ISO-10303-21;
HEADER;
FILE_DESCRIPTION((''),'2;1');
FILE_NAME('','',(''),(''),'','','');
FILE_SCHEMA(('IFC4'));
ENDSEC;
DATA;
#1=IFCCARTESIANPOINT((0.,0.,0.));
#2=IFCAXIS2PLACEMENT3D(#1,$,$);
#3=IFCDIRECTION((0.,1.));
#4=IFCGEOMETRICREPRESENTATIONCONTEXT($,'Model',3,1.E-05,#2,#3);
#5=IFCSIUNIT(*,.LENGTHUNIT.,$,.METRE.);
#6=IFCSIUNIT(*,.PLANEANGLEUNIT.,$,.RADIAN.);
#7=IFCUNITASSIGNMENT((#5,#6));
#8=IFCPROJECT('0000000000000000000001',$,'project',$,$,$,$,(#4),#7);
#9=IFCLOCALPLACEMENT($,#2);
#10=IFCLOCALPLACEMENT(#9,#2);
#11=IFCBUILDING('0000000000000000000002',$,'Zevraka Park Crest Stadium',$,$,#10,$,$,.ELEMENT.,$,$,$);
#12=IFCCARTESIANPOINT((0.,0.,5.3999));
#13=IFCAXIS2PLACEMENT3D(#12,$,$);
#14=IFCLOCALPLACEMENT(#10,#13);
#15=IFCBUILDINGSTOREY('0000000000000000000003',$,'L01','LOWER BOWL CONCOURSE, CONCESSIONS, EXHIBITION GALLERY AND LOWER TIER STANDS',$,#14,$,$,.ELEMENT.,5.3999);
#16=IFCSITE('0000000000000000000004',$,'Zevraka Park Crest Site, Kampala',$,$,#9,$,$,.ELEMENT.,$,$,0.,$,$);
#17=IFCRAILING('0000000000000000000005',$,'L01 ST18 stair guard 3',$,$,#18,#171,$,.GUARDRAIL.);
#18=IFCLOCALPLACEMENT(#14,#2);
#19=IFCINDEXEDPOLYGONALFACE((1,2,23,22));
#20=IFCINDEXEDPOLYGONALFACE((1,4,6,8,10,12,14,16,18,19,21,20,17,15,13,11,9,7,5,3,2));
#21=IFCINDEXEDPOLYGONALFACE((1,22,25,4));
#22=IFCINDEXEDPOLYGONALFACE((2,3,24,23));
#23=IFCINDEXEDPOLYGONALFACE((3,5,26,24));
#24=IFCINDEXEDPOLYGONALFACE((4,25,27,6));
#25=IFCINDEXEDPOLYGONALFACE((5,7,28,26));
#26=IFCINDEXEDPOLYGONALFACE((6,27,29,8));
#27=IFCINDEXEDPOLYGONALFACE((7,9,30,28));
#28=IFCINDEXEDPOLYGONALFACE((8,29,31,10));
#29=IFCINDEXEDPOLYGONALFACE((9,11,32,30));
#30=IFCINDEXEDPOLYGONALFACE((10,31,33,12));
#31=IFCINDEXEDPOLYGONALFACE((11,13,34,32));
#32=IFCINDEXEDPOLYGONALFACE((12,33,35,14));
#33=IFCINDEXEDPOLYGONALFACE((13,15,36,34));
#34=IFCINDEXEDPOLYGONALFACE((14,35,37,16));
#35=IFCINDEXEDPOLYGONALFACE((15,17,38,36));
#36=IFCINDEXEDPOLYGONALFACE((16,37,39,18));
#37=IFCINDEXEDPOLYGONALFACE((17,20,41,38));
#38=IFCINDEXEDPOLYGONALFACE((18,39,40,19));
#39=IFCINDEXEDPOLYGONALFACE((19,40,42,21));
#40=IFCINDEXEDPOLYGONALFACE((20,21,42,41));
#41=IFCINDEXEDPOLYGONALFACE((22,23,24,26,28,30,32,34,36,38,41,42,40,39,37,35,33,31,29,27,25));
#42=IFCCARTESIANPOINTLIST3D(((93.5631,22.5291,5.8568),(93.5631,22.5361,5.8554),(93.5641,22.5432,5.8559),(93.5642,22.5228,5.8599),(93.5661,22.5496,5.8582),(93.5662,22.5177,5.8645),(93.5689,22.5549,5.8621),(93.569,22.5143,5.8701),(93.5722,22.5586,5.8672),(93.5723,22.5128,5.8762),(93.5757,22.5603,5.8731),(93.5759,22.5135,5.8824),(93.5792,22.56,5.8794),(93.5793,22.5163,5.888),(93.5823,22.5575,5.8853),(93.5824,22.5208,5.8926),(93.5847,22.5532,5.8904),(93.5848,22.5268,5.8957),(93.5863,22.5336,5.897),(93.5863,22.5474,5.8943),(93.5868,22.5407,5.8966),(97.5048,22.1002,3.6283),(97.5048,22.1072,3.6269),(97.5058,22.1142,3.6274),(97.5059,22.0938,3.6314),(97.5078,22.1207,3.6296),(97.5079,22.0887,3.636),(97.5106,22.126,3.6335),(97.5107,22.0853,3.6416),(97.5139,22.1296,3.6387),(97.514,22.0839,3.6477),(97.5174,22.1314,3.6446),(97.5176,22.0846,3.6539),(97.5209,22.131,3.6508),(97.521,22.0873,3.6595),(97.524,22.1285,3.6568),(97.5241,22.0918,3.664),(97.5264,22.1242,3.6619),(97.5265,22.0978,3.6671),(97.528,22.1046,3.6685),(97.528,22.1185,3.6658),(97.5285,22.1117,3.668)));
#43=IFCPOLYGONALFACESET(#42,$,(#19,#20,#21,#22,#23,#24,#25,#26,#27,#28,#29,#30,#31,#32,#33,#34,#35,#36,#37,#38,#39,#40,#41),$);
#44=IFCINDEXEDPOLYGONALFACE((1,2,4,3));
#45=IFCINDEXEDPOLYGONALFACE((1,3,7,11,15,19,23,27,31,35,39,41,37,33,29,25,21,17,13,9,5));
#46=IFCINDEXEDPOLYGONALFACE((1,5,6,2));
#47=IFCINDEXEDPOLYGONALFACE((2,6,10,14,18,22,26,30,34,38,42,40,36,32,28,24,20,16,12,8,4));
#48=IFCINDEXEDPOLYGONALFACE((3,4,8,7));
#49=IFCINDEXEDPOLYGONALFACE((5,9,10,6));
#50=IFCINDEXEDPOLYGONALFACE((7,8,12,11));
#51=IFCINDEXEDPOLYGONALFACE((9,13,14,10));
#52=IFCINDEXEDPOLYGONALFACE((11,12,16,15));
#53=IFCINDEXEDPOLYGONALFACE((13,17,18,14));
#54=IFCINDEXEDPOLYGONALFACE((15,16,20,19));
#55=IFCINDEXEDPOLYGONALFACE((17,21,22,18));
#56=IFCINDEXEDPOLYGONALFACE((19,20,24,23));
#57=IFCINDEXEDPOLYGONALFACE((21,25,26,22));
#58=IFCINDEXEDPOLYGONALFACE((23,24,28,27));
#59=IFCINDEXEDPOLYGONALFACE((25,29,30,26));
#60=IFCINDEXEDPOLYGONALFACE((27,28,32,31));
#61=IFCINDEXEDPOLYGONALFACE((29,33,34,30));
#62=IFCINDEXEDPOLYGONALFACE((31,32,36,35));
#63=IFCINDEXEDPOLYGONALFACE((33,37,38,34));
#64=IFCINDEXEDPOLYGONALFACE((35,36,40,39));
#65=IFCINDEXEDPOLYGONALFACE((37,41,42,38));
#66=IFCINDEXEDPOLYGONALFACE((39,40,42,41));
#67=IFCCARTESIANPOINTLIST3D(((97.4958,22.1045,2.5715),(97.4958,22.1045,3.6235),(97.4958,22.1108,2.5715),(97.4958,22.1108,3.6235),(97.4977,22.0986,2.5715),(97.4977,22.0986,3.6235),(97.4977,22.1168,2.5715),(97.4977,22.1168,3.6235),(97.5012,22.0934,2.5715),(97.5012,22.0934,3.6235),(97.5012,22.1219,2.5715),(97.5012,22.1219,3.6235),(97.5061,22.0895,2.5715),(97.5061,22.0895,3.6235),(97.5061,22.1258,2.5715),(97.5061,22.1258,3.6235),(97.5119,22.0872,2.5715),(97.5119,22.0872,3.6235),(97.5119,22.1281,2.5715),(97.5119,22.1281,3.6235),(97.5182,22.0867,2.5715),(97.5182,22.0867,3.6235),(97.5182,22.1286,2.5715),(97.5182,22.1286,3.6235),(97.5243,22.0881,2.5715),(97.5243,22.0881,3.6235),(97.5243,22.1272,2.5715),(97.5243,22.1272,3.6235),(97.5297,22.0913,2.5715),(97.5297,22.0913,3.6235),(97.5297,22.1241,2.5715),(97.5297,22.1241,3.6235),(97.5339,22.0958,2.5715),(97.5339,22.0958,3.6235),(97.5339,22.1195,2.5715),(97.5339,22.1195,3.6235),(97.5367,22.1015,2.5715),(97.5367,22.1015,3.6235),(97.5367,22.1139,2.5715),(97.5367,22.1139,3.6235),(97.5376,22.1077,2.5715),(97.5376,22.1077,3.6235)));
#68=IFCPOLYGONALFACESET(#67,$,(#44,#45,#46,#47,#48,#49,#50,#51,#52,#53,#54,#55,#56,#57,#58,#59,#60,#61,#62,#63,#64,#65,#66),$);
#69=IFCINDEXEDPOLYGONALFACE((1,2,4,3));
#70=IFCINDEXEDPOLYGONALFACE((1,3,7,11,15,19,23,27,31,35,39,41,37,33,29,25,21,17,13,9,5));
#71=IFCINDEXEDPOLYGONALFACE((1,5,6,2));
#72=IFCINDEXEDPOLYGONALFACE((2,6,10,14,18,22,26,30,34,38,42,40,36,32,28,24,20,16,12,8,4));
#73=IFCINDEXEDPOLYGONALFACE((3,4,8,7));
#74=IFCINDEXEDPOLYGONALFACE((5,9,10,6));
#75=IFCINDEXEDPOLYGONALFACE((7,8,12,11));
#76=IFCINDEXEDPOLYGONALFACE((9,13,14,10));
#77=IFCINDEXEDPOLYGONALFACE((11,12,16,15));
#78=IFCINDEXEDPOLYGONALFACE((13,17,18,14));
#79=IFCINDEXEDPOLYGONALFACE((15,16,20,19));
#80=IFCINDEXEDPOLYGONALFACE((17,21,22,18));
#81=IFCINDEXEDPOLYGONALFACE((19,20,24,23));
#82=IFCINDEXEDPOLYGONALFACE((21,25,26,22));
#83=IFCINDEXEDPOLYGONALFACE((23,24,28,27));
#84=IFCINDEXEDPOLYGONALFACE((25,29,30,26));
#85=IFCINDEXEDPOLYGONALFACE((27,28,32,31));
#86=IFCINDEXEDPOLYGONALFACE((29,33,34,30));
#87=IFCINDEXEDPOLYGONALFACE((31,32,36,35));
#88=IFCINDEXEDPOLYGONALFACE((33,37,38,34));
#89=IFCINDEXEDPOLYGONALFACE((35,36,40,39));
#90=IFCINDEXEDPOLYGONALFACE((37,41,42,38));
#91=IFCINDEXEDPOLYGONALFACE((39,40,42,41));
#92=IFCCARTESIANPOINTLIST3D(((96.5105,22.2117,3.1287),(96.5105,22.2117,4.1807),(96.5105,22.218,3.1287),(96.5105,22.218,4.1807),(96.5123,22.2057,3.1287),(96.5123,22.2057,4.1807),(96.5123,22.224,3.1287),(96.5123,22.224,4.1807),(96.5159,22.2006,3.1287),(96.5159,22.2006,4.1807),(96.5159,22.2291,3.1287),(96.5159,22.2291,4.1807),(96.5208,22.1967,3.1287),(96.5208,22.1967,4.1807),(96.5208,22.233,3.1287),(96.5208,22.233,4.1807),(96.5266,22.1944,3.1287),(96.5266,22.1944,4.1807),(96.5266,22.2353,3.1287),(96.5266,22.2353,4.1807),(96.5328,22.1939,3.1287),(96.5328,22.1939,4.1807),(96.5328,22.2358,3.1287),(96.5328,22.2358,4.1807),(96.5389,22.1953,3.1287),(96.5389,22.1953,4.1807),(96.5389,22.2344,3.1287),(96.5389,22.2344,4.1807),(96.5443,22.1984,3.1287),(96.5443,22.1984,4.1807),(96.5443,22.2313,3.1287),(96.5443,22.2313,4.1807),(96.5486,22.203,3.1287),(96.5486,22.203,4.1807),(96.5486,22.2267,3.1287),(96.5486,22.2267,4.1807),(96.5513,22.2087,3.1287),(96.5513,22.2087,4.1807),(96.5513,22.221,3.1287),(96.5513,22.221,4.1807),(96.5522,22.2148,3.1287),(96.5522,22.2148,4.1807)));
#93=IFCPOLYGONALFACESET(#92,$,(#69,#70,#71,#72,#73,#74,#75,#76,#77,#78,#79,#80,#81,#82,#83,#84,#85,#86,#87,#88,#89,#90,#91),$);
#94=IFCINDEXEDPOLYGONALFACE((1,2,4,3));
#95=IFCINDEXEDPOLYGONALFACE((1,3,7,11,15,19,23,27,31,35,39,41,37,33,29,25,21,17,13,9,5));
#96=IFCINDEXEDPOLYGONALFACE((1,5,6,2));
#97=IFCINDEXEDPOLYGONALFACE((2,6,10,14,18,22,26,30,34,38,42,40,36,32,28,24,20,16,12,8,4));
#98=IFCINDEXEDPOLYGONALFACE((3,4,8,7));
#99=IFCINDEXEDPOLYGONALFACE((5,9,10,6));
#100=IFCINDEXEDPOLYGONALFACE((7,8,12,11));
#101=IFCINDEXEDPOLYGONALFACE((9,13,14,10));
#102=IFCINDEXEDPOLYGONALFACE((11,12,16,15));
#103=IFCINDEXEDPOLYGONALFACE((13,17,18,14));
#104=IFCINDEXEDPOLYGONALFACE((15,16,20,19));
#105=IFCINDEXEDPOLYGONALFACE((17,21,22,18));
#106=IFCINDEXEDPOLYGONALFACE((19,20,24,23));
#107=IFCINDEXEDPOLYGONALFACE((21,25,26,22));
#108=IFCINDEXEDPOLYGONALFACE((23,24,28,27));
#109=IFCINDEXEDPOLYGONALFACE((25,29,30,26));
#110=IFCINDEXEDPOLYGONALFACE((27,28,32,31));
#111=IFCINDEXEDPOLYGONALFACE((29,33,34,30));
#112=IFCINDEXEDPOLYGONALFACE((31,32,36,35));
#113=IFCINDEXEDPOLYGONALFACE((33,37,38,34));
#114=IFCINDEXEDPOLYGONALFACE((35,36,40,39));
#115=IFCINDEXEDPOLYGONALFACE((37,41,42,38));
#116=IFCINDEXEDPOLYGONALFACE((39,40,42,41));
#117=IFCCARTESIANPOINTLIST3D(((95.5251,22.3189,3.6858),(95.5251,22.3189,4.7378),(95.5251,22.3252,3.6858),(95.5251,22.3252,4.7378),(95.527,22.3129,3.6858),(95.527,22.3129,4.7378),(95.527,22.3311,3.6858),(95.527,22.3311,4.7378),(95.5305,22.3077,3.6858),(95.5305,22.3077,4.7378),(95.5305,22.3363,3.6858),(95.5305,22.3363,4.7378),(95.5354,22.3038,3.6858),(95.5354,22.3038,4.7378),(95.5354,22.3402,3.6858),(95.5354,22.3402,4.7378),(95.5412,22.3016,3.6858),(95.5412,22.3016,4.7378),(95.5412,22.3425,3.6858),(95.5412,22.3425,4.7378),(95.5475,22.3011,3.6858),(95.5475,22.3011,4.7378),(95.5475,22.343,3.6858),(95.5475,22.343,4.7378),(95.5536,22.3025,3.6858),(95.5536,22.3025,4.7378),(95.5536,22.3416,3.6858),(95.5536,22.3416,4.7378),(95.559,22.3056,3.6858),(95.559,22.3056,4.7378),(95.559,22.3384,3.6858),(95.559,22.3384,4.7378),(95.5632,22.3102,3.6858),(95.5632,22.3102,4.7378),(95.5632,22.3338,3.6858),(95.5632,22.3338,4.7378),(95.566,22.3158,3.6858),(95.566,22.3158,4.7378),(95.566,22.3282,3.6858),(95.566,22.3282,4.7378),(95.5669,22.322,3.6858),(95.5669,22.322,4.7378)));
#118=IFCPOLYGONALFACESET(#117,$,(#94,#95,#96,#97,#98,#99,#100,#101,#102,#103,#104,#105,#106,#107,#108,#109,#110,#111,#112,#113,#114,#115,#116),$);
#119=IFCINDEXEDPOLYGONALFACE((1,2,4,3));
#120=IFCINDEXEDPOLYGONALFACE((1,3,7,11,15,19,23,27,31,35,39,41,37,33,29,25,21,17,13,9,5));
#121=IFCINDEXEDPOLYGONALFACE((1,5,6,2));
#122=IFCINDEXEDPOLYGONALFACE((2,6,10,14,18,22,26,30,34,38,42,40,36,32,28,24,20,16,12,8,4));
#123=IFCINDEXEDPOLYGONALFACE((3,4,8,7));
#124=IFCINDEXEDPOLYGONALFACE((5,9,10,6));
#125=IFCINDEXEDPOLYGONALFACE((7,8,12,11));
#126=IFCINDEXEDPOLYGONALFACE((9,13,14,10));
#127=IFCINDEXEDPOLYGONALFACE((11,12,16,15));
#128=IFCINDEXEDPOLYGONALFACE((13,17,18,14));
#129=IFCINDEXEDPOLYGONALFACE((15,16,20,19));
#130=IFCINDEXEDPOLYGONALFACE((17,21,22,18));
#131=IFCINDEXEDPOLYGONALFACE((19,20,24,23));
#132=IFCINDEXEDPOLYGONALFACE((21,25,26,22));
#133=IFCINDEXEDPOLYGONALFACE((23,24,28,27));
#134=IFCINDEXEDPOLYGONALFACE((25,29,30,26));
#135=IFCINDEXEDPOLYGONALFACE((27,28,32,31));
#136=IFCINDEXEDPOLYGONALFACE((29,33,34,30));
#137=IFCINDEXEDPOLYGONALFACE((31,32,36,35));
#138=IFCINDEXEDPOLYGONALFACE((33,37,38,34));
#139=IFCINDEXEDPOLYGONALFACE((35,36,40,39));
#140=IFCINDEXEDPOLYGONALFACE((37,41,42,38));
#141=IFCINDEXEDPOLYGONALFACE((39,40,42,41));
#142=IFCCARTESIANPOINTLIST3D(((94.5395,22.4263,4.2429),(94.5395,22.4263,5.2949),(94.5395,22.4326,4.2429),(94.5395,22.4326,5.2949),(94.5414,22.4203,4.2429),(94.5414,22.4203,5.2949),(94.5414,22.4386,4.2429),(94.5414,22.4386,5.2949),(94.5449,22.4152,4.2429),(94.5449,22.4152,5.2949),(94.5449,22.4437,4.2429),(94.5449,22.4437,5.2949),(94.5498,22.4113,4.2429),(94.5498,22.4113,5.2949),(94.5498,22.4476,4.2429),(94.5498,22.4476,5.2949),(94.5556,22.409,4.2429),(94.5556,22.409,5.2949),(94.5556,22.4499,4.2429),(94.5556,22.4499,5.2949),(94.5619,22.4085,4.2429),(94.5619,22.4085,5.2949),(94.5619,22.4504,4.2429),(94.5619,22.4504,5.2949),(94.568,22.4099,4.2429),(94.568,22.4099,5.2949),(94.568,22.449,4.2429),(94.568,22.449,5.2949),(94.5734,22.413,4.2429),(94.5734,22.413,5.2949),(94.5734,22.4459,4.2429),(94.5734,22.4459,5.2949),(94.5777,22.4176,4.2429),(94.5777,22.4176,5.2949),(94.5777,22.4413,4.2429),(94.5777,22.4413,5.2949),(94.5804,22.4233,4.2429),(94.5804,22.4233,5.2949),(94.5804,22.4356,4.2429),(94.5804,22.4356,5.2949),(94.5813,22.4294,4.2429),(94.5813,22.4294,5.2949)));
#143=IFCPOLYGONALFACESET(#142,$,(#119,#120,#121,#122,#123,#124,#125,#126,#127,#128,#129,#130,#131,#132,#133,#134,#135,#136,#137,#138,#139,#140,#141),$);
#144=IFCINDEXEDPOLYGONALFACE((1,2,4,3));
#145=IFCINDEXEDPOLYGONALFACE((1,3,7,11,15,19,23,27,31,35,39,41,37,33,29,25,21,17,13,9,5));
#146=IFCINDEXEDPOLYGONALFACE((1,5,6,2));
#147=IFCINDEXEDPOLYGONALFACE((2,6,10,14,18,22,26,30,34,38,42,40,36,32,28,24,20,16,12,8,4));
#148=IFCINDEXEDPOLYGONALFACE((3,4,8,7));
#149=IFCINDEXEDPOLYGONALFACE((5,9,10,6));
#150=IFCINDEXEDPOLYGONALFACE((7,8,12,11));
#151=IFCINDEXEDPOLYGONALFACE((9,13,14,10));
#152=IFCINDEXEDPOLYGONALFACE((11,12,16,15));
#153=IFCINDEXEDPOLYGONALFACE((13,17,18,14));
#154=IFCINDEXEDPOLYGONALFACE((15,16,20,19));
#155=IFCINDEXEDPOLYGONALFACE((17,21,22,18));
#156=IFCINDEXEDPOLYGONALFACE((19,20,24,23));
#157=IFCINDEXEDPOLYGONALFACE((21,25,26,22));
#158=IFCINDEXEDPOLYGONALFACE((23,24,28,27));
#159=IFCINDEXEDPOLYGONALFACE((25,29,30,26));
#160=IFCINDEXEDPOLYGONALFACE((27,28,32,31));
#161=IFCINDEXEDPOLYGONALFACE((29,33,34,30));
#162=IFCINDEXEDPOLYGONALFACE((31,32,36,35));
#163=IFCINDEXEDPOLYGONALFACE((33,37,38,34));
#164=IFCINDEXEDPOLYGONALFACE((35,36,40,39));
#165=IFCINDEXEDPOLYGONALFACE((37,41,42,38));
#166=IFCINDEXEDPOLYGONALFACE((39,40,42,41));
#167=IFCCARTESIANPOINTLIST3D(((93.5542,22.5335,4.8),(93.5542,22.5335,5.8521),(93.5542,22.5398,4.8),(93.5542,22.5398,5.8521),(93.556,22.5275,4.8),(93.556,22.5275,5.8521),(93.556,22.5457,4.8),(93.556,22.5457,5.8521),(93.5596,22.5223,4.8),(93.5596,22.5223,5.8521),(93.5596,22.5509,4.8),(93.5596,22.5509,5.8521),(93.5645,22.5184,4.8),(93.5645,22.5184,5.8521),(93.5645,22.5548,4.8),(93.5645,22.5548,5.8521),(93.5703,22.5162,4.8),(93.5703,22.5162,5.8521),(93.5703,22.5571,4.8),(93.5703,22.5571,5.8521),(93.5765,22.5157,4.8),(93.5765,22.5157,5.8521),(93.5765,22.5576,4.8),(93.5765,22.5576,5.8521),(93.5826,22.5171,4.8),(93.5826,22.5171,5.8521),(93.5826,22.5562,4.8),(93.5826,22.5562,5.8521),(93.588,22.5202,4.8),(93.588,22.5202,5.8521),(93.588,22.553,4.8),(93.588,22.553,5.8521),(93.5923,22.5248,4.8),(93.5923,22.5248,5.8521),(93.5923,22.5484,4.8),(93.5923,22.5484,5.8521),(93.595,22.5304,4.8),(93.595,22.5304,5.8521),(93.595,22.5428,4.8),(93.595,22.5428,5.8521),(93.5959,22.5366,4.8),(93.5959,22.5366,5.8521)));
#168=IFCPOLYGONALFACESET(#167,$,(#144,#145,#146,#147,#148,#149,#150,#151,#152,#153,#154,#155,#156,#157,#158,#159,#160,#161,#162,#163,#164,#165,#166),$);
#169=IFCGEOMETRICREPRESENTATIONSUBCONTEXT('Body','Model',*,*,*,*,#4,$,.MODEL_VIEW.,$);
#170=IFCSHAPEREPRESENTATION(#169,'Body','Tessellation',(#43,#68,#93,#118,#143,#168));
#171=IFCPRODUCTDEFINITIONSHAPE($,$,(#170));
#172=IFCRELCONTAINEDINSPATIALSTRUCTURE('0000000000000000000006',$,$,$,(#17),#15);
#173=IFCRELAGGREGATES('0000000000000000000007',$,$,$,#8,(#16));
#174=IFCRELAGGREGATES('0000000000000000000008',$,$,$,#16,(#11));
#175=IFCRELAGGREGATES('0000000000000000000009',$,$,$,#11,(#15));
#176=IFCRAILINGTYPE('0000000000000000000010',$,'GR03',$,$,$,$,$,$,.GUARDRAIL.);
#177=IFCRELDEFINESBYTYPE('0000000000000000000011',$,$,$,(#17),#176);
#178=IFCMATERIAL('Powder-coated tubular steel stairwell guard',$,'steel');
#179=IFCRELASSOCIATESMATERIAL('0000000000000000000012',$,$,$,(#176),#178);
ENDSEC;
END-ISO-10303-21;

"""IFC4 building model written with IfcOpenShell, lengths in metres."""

from ifc_helpers import new_model, si_unit, direction, frame, origin, origin_2d, place, context, subcontext, project, spatial, circle, extrude, material, type_object, element, save


model = new_model("IFC4")

# Units and contexts
model_context = context("Model", 3, precision=1e-05, world=origin(), true_north=direction((0.0, 1.0)))
body_context = subcontext(model_context, "Body", "Model", "MODEL_VIEW")
ifc_project = project(units=[si_unit("LENGTHUNIT", "METRE"), si_unit("PLANEANGLEUNIT", "RADIAN")], contexts=[model_context])

# Site, building, storey
site_placement = place(None, origin())
site = spatial("IfcSite", under=ifc_project, at=site_placement, Name="Zevraka Park Crest Site, Kampala", CompositionType="ELEMENT", RefElevation=0.0)
building_placement = place(site_placement, origin())
building = spatial("IfcBuilding", under=site, at=building_placement, Name="Zevraka Park Crest Stadium", CompositionType="ELEMENT")
storey_placement = place(building_placement, frame((0.0, 0.0, 5.3999)))
storey = spatial("IfcBuildingStorey", under=building, at=storey_placement, Name="L01", Description="LOWER BOWL CONCOURSE, CONCESSIONS, EXHIBITION GALLERY AND LOWER TIER STANDS", CompositionType="ELEMENT", Elevation=5.3999)

# Railing
ifc_material_1 = material(Name="Powder-coated tubular steel stairwell guard", Category="steel")
railing_type_1 = type_object("IfcRailingType", Name="GR03", PredefinedType="GUARDRAIL", material=ifc_material_1)
railing_1_placement = place(storey_placement, frame((97.5166, 22.1077, 2.5715)))
element("IfcRailing", 1, at=railing_1_placement, inside=storey, type_object=railing_type_1, Name="L01 ST18 stair guard 3", PredefinedType="GUARDRAIL", context=body_context, shape_type="SweptSolid", body=[
    extrude(circle(Radius=0.0239, at=origin_2d()), frame((0.0, 0.0, 1.0762), z_axis=(-0.866624, 0.094311, 0.489968), x_axis=(-0.108188, -0.994131, 0.0)), (0.0, 0.0, 1.0), 4.5483),
    extrude(circle(Radius=0.021, at=origin_2d()), origin(), (0.0, 0.0, 1.0), 1.052),
    extrude(circle(Radius=0.021, at=origin_2d()), frame((-0.9854, 0.1072, 0.5571)), (0.0, 0.0, 1.0), 1.052),
    extrude(circle(Radius=0.021, at=origin_2d()), frame((-1.9707, 0.2144, 1.1143)), (0.0, 0.0, 1.0), 1.052),
    extrude(circle(Radius=0.021, at=origin_2d()), frame((-2.9563, 0.3218, 1.6714)), (0.0, 0.0, 1.0), 1.052),
    extrude(circle(Radius=0.021, at=origin_2d()), frame((-3.9417, 0.429, 2.2285)), (0.0, 0.0, 1.0), 1.052),
])

save(model, "model.ifc")
